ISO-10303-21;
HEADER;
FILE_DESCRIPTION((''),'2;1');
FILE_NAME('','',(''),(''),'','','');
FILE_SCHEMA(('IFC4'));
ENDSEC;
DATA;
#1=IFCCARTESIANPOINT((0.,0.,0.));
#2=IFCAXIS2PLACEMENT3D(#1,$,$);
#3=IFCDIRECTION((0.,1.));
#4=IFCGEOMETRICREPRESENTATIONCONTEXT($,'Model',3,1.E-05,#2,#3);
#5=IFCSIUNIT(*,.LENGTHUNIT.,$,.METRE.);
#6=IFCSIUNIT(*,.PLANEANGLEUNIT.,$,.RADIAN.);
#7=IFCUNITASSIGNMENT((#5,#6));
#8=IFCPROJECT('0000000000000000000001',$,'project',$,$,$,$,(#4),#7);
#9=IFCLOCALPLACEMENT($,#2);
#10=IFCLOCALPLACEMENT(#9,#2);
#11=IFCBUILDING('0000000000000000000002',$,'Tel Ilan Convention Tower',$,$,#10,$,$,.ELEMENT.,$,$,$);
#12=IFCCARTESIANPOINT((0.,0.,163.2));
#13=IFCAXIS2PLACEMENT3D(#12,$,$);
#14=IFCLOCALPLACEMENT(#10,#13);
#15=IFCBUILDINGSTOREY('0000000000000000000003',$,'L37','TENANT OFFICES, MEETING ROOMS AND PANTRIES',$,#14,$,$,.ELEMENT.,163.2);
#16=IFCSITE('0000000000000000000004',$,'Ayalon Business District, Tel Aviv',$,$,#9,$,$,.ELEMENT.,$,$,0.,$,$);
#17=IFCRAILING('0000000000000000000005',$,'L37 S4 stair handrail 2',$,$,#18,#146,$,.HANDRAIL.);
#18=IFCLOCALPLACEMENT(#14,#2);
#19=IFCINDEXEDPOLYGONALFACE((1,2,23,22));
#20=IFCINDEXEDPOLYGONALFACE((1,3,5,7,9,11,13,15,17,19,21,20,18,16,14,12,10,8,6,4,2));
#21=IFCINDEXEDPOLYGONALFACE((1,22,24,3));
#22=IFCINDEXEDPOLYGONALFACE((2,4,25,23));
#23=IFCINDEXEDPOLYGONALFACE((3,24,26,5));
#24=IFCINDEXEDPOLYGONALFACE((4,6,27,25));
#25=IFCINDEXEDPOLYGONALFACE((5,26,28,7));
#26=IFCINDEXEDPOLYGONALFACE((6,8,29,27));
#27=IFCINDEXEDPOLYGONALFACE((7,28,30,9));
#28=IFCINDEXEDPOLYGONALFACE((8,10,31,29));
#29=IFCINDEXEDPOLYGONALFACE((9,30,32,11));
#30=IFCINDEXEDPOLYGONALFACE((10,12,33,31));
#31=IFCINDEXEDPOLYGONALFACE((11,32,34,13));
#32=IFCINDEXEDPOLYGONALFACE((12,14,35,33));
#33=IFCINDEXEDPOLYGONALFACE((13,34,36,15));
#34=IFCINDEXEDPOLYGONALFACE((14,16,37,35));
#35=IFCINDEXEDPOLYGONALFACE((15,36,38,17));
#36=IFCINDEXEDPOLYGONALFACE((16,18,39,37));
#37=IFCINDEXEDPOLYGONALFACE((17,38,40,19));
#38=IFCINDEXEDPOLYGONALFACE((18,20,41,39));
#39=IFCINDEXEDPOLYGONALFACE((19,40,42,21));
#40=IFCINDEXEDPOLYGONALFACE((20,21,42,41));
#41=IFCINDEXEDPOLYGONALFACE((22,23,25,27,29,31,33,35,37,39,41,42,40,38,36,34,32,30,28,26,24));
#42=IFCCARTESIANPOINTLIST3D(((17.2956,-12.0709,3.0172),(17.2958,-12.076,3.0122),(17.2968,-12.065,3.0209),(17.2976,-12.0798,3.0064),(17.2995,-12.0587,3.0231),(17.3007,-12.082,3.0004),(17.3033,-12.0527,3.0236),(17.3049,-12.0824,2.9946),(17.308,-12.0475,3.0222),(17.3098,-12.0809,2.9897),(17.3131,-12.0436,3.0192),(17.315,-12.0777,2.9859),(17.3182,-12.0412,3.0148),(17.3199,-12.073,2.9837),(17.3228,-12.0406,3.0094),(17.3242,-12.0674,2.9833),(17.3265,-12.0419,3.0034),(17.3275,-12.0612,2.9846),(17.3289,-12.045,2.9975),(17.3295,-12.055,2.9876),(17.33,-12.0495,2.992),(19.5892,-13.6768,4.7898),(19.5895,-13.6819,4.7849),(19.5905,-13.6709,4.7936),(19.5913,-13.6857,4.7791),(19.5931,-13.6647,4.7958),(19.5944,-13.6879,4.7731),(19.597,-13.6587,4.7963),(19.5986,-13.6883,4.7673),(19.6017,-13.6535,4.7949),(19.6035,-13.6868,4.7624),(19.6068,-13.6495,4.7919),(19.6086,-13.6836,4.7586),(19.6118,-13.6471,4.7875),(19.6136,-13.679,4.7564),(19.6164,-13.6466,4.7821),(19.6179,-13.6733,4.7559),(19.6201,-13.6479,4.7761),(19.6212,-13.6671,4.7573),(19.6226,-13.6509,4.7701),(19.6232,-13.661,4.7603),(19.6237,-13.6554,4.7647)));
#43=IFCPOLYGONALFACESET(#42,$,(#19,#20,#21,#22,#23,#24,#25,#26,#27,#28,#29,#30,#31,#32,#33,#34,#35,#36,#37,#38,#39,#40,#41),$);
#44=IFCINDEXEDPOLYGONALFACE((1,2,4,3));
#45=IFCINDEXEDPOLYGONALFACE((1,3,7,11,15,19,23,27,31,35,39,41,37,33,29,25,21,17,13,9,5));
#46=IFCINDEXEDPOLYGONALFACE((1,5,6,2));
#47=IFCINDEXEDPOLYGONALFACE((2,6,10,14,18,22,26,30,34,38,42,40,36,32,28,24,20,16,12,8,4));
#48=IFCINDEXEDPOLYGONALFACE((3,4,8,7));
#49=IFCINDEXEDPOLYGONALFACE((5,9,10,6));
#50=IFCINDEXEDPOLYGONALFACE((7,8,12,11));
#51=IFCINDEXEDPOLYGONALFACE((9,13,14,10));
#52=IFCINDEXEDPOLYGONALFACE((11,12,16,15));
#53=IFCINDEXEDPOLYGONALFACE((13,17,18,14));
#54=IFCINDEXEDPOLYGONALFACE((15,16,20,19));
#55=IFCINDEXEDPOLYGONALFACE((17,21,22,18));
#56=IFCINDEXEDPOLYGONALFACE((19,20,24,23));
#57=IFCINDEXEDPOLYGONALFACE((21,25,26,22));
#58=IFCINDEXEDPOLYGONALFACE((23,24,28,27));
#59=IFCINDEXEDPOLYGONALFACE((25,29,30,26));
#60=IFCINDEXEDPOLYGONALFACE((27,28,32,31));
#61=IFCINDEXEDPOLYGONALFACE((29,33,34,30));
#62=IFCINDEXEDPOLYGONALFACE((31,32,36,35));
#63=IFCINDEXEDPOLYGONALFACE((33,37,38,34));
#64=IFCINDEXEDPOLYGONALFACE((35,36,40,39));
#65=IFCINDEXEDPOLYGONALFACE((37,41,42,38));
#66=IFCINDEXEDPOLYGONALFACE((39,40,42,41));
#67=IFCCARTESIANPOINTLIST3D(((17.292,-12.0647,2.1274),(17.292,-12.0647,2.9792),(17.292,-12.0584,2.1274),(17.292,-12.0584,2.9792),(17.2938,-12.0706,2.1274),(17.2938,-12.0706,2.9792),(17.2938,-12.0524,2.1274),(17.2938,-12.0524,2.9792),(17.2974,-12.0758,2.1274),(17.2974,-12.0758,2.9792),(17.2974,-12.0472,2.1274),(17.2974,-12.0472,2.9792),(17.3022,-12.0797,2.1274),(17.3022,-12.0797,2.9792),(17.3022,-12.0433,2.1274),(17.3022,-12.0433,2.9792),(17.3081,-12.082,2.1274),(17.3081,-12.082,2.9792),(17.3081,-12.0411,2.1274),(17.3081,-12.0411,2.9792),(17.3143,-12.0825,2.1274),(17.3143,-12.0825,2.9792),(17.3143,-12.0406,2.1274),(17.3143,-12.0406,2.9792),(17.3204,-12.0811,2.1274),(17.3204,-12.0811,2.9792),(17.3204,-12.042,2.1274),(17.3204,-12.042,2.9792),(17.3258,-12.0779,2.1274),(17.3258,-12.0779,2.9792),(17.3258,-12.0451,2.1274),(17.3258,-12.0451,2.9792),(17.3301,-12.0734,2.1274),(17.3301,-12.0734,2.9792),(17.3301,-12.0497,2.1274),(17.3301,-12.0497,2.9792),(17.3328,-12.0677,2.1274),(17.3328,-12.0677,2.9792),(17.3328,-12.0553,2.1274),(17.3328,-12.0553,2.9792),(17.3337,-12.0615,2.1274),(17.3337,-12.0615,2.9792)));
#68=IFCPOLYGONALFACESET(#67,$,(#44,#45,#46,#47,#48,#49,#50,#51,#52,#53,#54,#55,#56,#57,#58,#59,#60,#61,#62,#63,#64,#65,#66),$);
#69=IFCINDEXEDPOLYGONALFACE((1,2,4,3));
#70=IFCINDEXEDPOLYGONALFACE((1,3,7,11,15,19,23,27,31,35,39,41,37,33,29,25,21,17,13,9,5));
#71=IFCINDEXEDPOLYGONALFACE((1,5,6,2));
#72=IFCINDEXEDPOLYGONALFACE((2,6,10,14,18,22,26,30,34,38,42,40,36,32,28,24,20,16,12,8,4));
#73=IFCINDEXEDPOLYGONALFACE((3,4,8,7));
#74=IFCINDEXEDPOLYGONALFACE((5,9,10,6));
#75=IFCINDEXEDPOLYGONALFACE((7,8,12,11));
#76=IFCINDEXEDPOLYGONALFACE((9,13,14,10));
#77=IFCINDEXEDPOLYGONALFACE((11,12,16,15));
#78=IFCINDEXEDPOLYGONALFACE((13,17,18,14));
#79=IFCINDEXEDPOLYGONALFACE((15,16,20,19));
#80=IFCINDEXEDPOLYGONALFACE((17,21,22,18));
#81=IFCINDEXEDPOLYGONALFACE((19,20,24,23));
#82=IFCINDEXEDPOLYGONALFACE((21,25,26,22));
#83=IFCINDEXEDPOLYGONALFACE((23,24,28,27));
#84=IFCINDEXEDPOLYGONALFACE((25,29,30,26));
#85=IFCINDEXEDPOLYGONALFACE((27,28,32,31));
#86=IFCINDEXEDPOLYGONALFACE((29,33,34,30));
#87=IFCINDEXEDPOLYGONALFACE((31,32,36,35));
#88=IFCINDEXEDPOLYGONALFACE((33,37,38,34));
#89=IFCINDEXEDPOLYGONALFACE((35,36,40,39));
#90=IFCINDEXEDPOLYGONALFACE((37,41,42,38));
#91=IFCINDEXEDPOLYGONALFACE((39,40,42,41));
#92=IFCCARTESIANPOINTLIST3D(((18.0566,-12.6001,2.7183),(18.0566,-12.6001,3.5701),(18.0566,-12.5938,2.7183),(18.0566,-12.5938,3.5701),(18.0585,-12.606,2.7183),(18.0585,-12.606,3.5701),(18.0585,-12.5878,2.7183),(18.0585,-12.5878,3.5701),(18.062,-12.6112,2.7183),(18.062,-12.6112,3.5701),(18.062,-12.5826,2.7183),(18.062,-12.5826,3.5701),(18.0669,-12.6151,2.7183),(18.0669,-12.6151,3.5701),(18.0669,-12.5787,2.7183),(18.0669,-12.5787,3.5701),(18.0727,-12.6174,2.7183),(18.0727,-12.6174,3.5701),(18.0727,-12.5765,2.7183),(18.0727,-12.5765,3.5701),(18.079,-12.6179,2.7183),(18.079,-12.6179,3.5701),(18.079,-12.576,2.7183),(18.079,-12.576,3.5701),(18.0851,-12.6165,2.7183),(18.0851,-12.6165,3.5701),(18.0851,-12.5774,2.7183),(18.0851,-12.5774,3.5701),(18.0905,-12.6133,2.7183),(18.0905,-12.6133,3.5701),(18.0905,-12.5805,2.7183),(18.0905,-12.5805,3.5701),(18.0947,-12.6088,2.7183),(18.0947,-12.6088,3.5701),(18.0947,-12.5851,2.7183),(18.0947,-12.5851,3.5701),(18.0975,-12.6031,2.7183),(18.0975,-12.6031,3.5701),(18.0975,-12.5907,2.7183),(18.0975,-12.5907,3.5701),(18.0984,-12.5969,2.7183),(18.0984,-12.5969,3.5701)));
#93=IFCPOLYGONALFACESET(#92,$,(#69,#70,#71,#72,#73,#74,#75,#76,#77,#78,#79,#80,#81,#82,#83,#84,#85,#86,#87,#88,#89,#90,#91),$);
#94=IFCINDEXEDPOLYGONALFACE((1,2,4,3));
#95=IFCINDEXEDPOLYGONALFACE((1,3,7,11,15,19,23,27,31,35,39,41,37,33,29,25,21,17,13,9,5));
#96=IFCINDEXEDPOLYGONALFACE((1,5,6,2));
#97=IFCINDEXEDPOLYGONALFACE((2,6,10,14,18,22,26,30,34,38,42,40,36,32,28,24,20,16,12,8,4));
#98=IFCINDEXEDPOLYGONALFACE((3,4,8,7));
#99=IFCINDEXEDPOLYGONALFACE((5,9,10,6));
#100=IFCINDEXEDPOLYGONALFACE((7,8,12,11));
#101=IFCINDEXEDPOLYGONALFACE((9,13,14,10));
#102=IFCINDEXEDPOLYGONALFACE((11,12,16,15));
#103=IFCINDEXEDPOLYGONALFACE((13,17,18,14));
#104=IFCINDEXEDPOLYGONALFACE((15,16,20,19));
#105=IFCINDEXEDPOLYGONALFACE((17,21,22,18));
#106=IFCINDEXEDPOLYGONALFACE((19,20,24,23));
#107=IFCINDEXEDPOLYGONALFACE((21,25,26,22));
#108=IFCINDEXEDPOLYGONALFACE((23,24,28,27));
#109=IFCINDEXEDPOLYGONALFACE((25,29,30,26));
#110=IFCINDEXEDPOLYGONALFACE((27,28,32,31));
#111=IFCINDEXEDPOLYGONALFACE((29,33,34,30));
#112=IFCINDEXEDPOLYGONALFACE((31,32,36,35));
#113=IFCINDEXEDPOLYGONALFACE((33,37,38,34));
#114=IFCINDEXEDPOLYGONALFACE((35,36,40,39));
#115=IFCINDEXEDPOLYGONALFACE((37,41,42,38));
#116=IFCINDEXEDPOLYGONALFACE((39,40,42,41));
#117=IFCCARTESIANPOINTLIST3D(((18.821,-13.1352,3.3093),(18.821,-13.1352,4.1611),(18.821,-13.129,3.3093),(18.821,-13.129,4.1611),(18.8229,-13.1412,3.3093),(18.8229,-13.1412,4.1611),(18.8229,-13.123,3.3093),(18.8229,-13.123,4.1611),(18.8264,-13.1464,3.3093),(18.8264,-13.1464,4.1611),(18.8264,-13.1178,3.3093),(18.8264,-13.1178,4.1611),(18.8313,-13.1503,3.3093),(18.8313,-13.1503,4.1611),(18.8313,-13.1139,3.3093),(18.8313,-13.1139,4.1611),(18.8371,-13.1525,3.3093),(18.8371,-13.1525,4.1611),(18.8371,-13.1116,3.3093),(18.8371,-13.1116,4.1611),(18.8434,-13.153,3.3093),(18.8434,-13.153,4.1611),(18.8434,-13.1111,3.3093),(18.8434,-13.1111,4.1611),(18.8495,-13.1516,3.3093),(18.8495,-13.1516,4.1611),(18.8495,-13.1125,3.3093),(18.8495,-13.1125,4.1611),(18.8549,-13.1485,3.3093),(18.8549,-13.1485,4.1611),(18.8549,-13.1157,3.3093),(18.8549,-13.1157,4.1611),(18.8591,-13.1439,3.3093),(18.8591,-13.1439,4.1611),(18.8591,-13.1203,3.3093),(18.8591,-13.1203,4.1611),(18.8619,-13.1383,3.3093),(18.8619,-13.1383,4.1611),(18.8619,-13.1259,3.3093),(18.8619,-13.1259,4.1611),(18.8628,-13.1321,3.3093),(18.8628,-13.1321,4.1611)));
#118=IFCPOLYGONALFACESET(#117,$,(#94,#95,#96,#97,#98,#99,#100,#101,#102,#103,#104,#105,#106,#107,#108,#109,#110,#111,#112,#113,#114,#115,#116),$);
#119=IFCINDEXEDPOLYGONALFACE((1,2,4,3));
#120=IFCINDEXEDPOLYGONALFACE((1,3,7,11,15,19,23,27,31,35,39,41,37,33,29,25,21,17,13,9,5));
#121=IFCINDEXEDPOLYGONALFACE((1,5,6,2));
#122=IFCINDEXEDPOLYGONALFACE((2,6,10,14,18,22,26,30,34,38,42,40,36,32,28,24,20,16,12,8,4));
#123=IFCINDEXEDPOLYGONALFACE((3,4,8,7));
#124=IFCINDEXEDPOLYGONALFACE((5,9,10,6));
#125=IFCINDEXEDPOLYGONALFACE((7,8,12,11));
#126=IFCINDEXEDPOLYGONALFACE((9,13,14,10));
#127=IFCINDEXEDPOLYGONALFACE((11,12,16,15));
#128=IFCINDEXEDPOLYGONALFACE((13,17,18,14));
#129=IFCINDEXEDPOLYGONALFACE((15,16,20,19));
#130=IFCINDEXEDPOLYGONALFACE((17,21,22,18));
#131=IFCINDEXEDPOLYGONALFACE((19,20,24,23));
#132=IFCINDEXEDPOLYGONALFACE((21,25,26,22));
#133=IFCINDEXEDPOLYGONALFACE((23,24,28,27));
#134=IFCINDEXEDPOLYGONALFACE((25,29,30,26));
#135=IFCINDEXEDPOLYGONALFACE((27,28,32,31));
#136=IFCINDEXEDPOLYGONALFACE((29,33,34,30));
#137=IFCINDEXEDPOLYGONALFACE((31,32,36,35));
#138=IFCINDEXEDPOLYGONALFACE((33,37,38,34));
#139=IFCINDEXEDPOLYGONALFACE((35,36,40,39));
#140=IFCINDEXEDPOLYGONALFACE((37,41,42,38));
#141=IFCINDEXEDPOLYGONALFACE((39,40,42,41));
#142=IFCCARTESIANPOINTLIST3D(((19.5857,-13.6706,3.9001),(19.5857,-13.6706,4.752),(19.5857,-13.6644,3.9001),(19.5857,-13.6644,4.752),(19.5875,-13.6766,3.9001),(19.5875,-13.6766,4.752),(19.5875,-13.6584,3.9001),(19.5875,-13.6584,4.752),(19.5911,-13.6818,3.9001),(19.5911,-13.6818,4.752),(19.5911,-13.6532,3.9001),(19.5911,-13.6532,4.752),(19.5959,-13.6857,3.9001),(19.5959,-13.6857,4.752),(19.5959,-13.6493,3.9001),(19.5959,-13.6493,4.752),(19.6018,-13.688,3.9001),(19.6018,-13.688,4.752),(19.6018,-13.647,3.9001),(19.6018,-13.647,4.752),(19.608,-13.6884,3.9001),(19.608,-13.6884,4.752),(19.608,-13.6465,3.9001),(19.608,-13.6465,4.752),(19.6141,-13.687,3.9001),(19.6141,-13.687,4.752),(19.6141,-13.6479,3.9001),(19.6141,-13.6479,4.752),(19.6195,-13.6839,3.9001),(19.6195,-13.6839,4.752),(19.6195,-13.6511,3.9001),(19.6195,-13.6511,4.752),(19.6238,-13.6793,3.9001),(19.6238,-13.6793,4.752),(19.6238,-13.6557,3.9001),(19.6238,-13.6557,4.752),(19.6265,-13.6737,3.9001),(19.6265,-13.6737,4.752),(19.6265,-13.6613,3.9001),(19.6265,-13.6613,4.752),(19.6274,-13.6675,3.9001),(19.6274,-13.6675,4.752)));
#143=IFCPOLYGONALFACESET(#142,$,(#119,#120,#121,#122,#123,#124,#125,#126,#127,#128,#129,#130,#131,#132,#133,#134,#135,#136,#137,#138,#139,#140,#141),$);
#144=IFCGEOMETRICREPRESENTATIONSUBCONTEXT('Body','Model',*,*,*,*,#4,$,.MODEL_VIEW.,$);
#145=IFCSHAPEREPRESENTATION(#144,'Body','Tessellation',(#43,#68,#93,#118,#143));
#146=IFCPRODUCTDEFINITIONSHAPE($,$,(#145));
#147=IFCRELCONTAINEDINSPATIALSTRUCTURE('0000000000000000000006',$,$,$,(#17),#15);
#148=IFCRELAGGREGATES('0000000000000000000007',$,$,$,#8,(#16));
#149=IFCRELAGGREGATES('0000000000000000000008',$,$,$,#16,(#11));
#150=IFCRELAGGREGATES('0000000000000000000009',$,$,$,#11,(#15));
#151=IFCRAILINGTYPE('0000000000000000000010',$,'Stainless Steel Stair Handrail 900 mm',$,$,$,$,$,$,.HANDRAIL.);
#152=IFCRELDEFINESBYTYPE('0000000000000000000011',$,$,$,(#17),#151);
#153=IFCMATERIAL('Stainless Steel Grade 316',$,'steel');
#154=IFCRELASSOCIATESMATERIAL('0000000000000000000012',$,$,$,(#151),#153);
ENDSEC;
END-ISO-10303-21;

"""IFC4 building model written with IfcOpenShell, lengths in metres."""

from ifc_helpers import new_model, si_unit, direction, frame, origin, origin_2d, place, context, subcontext, project, spatial, circle, extrude, material, type_object, element, save


model = new_model("IFC4")

# Units and contexts
model_context = context("Model", 3, precision=1e-05, world=origin(), true_north=direction((0.0, 1.0)))
body_context = subcontext(model_context, "Body", "Model", "MODEL_VIEW")
ifc_project = project(units=[si_unit("LENGTHUNIT", "METRE"), si_unit("PLANEANGLEUNIT", "RADIAN")], contexts=[model_context])

# Site, building, storey
site_placement = place(None, origin())
site = spatial("IfcSite", under=ifc_project, at=site_placement, Name="Ayalon Business District, Tel Aviv", CompositionType="ELEMENT", RefElevation=0.0)
building_placement = place(site_placement, origin())
building = spatial("IfcBuilding", under=site, at=building_placement, Name="Tel Ilan Convention Tower", CompositionType="ELEMENT")
storey_placement = place(building_placement, frame((0.0, 0.0, 163.2)))
storey = spatial("IfcBuildingStorey", under=building, at=storey_placement, Name="L37", Description="TENANT OFFICES, MEETING ROOMS AND PANTRIES", CompositionType="ELEMENT", Elevation=163.2)

# Railing
ifc_material_1 = material(Name="Stainless Steel Grade 316", Category="steel")
railing_type_1 = type_object("IfcRailingType", Name="Stainless Steel Stair Handrail 900 mm", PredefinedType="HANDRAIL", material=ifc_material_1)
railing_1_placement = place(storey_placement, frame((17.3127, -12.0615, 2.1274)))
element("IfcRailing", 1, at=railing_1_placement, inside=storey, type_object=railing_type_1, Name="L37 S4 stair handrail 2", PredefinedType="HANDRAIL", context=body_context, shape_type="SweptSolid", body=[
    extrude(circle(Radius=0.0239, at=origin_2d()), frame((0.0, 0.0, 0.876), z_axis=(0.692123, -0.484597, 0.534913), x_axis=(0.57355, 0.81917, 0.0)), (0.0, 0.0, 1.0), 3.314),
    extrude(circle(Radius=0.021, at=origin_2d()), origin(), (0.0, 0.0, 1.0), 0.8518),
    extrude(circle(Radius=0.021, at=origin_2d()), frame((0.7646, -0.5354, 0.5908)), (0.0, 0.0, 1.0), 0.8518),
    extrude(circle(Radius=0.021, at=origin_2d()), frame((1.5291, -1.0706, 1.1819)), (0.0, 0.0, 1.0), 0.8518),
    extrude(circle(Radius=0.021, at=origin_2d()), frame((2.2937, -1.606, 1.7727)), (0.0, 0.0, 1.0), 0.8518),
])

save(model, "model.ifc")
